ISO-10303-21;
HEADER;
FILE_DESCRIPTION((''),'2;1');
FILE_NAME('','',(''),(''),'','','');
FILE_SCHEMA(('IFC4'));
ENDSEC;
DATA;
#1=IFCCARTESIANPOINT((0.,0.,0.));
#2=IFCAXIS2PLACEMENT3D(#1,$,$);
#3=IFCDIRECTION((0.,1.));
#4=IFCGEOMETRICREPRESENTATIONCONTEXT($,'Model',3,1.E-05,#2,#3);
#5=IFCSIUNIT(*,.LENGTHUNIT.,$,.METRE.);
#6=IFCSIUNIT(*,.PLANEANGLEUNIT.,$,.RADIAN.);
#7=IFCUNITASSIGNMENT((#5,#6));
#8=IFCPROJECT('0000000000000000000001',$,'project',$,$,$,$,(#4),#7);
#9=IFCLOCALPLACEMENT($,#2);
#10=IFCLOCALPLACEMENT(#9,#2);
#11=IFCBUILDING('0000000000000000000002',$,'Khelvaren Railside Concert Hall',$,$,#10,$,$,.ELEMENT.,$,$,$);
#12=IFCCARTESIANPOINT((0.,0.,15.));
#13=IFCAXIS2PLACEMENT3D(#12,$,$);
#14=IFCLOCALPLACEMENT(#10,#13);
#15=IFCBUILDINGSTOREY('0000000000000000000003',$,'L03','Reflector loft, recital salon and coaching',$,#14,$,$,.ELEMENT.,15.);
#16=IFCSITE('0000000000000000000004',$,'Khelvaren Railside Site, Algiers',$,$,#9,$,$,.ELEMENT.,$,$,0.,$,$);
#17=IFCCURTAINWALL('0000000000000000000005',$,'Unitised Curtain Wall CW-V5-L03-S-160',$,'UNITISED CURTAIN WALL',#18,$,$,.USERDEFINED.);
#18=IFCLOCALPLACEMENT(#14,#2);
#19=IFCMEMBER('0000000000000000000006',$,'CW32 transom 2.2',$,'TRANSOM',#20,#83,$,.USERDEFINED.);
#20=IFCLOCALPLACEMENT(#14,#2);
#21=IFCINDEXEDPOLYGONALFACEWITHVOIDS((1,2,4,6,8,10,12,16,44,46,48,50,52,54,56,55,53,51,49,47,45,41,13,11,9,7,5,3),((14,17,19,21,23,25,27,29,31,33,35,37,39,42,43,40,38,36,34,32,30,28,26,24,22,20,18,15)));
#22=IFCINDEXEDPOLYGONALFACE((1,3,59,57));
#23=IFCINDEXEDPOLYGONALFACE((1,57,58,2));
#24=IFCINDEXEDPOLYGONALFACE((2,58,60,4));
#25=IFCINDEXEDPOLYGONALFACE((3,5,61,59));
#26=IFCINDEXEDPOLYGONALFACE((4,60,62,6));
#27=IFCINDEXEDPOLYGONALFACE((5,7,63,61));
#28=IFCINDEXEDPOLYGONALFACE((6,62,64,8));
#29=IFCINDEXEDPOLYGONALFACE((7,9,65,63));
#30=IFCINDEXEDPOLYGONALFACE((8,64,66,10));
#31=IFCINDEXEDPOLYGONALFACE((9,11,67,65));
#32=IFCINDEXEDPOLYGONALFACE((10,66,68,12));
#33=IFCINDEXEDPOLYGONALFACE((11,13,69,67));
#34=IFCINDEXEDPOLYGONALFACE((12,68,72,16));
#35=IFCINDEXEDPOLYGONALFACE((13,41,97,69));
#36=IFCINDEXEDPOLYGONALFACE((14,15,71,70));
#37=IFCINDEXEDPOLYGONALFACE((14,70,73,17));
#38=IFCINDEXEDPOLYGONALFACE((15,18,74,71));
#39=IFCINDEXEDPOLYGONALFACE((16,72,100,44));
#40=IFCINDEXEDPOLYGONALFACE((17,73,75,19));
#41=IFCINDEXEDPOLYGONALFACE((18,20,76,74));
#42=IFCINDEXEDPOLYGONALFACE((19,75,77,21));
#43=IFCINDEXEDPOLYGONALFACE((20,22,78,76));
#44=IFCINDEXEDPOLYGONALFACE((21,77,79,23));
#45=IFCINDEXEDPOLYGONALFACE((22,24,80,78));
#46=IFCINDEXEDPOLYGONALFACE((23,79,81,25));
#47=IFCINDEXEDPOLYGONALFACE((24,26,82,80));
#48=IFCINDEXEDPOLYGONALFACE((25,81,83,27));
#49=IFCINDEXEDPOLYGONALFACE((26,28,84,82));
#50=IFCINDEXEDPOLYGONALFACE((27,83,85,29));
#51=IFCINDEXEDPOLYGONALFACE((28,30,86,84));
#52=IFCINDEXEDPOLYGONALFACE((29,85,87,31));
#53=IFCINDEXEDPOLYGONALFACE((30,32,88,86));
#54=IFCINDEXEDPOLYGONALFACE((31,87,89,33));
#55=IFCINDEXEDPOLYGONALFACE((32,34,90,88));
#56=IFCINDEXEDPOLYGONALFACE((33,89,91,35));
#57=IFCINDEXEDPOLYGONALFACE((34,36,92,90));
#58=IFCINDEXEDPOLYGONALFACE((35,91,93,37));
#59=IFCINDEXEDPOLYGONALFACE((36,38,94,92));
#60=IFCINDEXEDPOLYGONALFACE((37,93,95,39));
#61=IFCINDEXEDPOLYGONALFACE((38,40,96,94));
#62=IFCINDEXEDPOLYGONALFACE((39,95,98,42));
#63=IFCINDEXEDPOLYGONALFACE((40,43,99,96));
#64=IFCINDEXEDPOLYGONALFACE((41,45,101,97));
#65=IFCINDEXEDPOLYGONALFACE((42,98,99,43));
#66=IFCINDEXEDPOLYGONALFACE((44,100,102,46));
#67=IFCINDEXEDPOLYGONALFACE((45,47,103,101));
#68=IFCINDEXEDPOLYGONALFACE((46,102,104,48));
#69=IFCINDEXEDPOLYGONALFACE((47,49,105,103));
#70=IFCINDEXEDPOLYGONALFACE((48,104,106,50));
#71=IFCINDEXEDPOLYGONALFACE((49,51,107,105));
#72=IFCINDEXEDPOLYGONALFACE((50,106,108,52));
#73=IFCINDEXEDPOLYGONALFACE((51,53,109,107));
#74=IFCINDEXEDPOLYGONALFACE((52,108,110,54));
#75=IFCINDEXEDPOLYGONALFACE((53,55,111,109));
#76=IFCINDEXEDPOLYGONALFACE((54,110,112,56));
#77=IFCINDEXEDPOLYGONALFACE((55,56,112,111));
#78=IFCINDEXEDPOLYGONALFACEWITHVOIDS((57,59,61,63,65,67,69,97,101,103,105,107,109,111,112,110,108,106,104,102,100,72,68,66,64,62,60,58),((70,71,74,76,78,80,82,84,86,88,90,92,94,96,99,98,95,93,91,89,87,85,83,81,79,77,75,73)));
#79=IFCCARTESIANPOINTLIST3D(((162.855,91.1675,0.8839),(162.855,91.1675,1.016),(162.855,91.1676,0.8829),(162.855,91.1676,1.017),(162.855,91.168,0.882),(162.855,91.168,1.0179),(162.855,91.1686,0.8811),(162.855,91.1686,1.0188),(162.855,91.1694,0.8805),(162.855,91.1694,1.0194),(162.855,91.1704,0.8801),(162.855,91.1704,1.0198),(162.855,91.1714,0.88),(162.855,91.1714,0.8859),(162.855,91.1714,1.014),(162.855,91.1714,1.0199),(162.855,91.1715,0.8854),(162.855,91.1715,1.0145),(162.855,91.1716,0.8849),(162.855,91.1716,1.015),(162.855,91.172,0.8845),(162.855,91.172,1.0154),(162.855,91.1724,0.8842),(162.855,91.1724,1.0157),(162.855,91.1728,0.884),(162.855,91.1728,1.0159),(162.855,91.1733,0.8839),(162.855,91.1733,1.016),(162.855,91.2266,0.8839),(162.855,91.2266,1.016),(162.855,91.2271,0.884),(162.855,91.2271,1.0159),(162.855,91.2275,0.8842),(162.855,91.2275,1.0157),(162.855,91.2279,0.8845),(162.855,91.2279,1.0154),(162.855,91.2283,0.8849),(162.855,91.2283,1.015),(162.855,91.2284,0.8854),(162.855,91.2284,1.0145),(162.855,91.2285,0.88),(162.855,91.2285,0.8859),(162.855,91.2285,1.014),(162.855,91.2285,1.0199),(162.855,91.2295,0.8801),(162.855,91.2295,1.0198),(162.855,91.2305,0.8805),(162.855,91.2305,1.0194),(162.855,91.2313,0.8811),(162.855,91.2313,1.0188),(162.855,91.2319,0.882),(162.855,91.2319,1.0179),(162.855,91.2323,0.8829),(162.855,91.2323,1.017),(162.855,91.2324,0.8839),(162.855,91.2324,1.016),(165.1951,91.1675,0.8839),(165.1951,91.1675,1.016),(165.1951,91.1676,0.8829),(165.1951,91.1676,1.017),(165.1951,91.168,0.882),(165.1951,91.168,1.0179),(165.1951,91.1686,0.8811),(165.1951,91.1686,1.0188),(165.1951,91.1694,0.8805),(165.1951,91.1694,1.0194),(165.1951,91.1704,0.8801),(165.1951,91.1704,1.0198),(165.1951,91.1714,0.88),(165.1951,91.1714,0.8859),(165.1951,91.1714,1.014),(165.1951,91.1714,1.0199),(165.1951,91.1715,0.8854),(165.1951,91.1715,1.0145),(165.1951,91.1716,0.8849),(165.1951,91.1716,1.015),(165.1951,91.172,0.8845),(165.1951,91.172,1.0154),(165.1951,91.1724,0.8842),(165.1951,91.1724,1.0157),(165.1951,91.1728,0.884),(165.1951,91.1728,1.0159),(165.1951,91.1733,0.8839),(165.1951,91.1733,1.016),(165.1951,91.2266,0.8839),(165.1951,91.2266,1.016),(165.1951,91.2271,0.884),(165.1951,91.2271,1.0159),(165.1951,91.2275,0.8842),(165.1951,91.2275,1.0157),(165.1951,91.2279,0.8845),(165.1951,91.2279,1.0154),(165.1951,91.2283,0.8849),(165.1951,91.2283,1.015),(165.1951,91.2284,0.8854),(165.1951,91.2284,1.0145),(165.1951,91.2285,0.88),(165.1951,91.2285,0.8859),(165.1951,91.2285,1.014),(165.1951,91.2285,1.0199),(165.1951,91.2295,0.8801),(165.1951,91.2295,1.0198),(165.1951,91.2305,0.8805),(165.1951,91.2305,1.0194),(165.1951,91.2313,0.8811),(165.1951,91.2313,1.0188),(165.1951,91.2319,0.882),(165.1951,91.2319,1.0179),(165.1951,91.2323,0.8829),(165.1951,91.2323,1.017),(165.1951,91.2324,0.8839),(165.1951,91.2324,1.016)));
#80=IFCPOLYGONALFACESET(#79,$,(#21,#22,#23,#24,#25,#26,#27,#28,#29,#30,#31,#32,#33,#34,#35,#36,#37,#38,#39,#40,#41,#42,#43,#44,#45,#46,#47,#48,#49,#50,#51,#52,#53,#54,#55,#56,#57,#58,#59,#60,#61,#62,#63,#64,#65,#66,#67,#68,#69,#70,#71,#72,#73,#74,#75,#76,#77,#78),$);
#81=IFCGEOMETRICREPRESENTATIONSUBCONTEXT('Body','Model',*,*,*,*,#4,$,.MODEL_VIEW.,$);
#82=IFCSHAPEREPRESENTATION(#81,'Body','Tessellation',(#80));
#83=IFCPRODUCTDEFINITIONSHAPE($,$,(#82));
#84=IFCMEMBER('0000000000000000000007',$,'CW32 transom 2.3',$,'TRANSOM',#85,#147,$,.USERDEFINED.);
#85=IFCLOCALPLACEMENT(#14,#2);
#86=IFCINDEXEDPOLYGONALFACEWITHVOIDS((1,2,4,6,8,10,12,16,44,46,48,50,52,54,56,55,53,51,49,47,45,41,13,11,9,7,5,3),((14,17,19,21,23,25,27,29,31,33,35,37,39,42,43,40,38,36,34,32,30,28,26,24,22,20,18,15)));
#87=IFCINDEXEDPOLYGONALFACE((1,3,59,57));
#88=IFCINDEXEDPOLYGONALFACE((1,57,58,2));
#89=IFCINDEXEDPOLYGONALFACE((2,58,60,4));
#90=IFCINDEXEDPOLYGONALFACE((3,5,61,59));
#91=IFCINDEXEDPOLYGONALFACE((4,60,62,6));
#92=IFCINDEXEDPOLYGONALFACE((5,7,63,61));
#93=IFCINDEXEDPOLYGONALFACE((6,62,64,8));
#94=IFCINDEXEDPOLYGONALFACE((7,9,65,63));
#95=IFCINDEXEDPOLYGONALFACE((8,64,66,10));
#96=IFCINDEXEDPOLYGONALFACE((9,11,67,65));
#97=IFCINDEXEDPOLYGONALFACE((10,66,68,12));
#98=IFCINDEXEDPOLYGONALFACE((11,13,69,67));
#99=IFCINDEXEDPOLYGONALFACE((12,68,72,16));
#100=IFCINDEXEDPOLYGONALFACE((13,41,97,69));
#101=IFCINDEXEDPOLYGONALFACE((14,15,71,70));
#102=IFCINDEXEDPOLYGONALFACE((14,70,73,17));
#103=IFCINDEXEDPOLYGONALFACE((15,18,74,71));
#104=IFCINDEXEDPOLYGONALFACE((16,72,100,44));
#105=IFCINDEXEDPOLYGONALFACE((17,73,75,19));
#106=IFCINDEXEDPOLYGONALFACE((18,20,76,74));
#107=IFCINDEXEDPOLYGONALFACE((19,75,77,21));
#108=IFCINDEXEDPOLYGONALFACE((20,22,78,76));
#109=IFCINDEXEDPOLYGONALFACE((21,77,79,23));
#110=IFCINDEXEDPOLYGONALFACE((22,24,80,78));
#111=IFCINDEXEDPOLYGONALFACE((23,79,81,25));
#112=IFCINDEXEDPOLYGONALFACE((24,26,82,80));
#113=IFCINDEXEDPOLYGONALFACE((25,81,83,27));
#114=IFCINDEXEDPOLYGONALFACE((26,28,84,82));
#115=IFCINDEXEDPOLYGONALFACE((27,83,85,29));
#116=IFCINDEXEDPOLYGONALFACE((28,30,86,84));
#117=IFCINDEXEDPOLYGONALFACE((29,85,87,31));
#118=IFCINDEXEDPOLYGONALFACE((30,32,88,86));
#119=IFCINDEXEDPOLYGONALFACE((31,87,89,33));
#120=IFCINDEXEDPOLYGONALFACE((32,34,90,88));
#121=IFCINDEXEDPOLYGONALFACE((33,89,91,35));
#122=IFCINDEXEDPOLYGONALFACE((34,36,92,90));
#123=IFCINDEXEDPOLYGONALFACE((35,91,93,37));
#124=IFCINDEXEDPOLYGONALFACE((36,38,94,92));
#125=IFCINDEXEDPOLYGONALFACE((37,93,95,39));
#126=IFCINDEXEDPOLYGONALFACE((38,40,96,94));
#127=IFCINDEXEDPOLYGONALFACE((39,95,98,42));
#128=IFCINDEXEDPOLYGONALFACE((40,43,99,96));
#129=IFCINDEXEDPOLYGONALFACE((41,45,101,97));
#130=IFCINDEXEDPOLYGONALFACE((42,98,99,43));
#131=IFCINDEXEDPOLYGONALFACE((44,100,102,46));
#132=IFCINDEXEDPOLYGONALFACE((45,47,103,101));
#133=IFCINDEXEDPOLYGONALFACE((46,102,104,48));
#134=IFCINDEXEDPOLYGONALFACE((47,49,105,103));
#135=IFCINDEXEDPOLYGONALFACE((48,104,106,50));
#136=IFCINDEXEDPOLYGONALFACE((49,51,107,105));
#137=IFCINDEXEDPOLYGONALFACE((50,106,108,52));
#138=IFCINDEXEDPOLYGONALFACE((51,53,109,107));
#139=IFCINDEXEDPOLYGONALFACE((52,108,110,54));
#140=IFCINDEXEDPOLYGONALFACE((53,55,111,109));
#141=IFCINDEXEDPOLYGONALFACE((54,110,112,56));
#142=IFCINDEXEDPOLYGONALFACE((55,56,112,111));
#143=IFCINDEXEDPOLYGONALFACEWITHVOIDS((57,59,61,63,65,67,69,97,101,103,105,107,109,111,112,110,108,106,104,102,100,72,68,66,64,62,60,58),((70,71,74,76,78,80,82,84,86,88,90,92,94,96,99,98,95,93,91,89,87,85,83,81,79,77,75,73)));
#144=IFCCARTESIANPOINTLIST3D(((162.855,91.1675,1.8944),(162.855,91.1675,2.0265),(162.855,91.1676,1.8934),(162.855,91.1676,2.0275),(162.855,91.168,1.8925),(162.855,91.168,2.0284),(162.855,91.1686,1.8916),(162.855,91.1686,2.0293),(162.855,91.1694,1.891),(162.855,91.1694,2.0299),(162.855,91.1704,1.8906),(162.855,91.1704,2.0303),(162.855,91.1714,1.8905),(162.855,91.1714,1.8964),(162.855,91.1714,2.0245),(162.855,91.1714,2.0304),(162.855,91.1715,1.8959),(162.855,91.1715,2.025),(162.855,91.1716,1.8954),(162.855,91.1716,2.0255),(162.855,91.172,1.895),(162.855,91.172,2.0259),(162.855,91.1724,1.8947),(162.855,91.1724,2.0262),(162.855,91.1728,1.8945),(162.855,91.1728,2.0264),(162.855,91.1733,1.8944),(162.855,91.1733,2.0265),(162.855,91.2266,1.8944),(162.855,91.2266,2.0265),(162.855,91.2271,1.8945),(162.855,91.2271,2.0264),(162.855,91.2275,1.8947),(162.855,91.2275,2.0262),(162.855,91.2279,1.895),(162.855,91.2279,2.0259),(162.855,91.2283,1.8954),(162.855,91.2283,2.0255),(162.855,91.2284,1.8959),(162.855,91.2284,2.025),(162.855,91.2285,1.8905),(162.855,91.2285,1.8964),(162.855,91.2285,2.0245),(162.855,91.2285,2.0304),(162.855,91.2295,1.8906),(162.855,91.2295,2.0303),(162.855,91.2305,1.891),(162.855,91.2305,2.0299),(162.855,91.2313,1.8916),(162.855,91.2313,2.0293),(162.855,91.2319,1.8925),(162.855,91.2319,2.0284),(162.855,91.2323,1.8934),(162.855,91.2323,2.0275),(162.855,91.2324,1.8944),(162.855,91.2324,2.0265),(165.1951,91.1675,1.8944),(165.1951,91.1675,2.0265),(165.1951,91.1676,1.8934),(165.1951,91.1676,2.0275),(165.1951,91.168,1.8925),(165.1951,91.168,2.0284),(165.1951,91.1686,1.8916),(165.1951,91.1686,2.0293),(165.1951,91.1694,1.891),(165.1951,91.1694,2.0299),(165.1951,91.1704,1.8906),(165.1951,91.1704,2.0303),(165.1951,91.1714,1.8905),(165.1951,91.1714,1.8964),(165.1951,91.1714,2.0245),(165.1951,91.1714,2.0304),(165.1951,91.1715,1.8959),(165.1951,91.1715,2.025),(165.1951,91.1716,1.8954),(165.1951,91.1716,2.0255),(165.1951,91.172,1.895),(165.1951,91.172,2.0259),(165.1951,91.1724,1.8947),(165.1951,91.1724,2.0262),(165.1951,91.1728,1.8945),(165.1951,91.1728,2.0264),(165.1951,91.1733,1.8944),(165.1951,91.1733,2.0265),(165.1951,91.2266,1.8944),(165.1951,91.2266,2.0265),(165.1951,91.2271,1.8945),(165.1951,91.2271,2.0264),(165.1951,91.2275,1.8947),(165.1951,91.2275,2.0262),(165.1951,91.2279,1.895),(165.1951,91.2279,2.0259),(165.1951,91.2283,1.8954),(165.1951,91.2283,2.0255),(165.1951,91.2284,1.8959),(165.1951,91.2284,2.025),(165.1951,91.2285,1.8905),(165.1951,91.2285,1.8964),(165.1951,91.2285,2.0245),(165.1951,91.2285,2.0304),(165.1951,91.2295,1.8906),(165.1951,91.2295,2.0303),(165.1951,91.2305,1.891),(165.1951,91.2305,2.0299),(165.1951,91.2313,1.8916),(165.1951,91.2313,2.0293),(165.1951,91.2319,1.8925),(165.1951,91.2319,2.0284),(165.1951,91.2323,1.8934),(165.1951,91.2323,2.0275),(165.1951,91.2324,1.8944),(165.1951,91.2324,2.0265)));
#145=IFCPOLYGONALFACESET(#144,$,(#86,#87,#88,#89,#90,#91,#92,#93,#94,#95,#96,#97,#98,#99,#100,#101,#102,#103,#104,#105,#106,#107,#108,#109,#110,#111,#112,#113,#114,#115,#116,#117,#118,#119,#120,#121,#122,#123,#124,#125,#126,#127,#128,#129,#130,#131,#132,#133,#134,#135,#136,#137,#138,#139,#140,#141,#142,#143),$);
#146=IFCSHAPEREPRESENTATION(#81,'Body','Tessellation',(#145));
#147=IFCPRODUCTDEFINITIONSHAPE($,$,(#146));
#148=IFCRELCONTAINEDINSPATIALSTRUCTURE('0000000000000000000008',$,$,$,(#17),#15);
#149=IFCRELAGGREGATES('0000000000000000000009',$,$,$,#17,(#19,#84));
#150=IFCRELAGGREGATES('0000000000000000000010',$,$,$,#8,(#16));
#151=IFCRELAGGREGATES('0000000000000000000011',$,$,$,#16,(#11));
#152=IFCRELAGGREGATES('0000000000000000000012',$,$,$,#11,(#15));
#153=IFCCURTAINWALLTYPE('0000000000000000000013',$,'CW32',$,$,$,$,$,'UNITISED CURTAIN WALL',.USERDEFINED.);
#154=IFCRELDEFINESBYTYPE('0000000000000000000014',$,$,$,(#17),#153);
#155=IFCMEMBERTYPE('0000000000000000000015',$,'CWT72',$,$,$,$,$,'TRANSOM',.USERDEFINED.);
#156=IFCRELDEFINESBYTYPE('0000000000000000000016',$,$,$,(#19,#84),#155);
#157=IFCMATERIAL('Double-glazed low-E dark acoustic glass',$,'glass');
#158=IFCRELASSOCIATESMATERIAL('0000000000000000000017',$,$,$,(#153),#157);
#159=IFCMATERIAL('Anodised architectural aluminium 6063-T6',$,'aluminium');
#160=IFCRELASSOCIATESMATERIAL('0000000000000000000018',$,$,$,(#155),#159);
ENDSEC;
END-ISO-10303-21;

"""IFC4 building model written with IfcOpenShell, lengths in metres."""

from ifc_helpers import new_model, si_unit, direction, frame, origin, origin_2d, place, context, subcontext, project, spatial, hollow_rectangle, extrude, material, material_profile, profile_set, type_object, element, aggregate, save


model = new_model("IFC4")

# Units and contexts
model_context = context("Model", 3, precision=1e-05, world=origin(), true_north=direction((0.0, 1.0)))
body_context = subcontext(model_context, "Body", "Model", "MODEL_VIEW")
ifc_project = project(units=[si_unit("LENGTHUNIT", "METRE"), si_unit("PLANEANGLEUNIT", "RADIAN")], contexts=[model_context])

# Site, building, storey
site_placement = place(None, origin())
site = spatial("IfcSite", under=ifc_project, at=site_placement, Name="Khelvaren Railside Site, Algiers", CompositionType="ELEMENT", RefElevation=0.0)
building_placement = place(site_placement, origin())
building = spatial("IfcBuilding", under=site, at=building_placement, Name="Khelvaren Railside Concert Hall", CompositionType="ELEMENT")
storey_placement = place(building_placement, frame((0.0, 0.0, 15.0)))
storey = spatial("IfcBuildingStorey", under=building, at=storey_placement, Name="L03", Description="Reflector loft, recital salon and coaching", CompositionType="ELEMENT", Elevation=15.0)

# Curtain wall
ifc_material_1 = material(Name="Double-glazed low-E dark acoustic glass", Category="glass")
curtain_wall_type_1 = type_object("IfcCurtainWallType", Name="CW32", ElementType="UNITISED CURTAIN WALL", PredefinedType="USERDEFINED", material=ifc_material_1)
curtain_wall_1_placement = place(storey_placement, origin())
curtain_wall_1 = element("IfcCurtainWall", 1, at=curtain_wall_1_placement, inside=storey, type_object=curtain_wall_type_1, Name="Unitised Curtain Wall CW-V5-L03-S-160", ObjectType="UNITISED CURTAIN WALL", PredefinedType="USERDEFINED")
ifc_material_2 = material(Name="Anodised architectural aluminium 6063-T6", Category="aluminium")

# Members
ifc_material_profile_1 = material_profile(ifc_material_2, hollow_rectangle(XDim=0.0649, YDim=0.1399, WallThickness=0.0039, InnerFilletRadius=0.002, OuterFilletRadius=0.0039, at=origin_2d()), Name="CWT 65x140x4")
ifc_profile_set_1 = profile_set([ifc_material_profile_1], Name="Anodised architectural aluminium 6063-T6")
member_type_1 = type_object("IfcMemberType", Name="CWT72", ElementType="TRANSOM", PredefinedType="USERDEFINED", material=ifc_profile_set_1)
member_1_placement = place(storey_placement, frame((165.1951, 91.2, 0.95), z_axis=(-1.0, 0.0, 0.0), x_axis=(0.0, -1.0, 0.0)))
member_1 = element("IfcMember", 2, at=member_1_placement, type_object=member_type_1, Name="CW32 transom 2.2", ObjectType="TRANSOM", PredefinedType="USERDEFINED", context=body_context, shape_type="SweptSolid", body=[
    extrude(hollow_rectangle(XDim=0.0649, YDim=0.1399, WallThickness=0.0039, InnerFilletRadius=0.002, OuterFilletRadius=0.0039, at=origin_2d()), origin(), (0.0, 0.0, 1.0), 2.3401),
])
member_2_placement = place(storey_placement, frame((165.1951, 91.2, 1.9604), z_axis=(-1.0, 0.0, 0.0), x_axis=(0.0, -1.0, 0.0)))
member_2 = element("IfcMember", 3, at=member_2_placement, type_object=member_type_1, Name="CW32 transom 2.3", ObjectType="TRANSOM", PredefinedType="USERDEFINED", context=body_context, shape_type="SweptSolid", body=[
    extrude(hollow_rectangle(XDim=0.0649, YDim=0.1399, WallThickness=0.0039, InnerFilletRadius=0.002, OuterFilletRadius=0.0039, at=origin_2d()), origin(), (0.0, 0.0, 1.0), 2.3401),
])

aggregate(curtain_wall_1, [member_1, member_2])

save(model, "model.ifc")
